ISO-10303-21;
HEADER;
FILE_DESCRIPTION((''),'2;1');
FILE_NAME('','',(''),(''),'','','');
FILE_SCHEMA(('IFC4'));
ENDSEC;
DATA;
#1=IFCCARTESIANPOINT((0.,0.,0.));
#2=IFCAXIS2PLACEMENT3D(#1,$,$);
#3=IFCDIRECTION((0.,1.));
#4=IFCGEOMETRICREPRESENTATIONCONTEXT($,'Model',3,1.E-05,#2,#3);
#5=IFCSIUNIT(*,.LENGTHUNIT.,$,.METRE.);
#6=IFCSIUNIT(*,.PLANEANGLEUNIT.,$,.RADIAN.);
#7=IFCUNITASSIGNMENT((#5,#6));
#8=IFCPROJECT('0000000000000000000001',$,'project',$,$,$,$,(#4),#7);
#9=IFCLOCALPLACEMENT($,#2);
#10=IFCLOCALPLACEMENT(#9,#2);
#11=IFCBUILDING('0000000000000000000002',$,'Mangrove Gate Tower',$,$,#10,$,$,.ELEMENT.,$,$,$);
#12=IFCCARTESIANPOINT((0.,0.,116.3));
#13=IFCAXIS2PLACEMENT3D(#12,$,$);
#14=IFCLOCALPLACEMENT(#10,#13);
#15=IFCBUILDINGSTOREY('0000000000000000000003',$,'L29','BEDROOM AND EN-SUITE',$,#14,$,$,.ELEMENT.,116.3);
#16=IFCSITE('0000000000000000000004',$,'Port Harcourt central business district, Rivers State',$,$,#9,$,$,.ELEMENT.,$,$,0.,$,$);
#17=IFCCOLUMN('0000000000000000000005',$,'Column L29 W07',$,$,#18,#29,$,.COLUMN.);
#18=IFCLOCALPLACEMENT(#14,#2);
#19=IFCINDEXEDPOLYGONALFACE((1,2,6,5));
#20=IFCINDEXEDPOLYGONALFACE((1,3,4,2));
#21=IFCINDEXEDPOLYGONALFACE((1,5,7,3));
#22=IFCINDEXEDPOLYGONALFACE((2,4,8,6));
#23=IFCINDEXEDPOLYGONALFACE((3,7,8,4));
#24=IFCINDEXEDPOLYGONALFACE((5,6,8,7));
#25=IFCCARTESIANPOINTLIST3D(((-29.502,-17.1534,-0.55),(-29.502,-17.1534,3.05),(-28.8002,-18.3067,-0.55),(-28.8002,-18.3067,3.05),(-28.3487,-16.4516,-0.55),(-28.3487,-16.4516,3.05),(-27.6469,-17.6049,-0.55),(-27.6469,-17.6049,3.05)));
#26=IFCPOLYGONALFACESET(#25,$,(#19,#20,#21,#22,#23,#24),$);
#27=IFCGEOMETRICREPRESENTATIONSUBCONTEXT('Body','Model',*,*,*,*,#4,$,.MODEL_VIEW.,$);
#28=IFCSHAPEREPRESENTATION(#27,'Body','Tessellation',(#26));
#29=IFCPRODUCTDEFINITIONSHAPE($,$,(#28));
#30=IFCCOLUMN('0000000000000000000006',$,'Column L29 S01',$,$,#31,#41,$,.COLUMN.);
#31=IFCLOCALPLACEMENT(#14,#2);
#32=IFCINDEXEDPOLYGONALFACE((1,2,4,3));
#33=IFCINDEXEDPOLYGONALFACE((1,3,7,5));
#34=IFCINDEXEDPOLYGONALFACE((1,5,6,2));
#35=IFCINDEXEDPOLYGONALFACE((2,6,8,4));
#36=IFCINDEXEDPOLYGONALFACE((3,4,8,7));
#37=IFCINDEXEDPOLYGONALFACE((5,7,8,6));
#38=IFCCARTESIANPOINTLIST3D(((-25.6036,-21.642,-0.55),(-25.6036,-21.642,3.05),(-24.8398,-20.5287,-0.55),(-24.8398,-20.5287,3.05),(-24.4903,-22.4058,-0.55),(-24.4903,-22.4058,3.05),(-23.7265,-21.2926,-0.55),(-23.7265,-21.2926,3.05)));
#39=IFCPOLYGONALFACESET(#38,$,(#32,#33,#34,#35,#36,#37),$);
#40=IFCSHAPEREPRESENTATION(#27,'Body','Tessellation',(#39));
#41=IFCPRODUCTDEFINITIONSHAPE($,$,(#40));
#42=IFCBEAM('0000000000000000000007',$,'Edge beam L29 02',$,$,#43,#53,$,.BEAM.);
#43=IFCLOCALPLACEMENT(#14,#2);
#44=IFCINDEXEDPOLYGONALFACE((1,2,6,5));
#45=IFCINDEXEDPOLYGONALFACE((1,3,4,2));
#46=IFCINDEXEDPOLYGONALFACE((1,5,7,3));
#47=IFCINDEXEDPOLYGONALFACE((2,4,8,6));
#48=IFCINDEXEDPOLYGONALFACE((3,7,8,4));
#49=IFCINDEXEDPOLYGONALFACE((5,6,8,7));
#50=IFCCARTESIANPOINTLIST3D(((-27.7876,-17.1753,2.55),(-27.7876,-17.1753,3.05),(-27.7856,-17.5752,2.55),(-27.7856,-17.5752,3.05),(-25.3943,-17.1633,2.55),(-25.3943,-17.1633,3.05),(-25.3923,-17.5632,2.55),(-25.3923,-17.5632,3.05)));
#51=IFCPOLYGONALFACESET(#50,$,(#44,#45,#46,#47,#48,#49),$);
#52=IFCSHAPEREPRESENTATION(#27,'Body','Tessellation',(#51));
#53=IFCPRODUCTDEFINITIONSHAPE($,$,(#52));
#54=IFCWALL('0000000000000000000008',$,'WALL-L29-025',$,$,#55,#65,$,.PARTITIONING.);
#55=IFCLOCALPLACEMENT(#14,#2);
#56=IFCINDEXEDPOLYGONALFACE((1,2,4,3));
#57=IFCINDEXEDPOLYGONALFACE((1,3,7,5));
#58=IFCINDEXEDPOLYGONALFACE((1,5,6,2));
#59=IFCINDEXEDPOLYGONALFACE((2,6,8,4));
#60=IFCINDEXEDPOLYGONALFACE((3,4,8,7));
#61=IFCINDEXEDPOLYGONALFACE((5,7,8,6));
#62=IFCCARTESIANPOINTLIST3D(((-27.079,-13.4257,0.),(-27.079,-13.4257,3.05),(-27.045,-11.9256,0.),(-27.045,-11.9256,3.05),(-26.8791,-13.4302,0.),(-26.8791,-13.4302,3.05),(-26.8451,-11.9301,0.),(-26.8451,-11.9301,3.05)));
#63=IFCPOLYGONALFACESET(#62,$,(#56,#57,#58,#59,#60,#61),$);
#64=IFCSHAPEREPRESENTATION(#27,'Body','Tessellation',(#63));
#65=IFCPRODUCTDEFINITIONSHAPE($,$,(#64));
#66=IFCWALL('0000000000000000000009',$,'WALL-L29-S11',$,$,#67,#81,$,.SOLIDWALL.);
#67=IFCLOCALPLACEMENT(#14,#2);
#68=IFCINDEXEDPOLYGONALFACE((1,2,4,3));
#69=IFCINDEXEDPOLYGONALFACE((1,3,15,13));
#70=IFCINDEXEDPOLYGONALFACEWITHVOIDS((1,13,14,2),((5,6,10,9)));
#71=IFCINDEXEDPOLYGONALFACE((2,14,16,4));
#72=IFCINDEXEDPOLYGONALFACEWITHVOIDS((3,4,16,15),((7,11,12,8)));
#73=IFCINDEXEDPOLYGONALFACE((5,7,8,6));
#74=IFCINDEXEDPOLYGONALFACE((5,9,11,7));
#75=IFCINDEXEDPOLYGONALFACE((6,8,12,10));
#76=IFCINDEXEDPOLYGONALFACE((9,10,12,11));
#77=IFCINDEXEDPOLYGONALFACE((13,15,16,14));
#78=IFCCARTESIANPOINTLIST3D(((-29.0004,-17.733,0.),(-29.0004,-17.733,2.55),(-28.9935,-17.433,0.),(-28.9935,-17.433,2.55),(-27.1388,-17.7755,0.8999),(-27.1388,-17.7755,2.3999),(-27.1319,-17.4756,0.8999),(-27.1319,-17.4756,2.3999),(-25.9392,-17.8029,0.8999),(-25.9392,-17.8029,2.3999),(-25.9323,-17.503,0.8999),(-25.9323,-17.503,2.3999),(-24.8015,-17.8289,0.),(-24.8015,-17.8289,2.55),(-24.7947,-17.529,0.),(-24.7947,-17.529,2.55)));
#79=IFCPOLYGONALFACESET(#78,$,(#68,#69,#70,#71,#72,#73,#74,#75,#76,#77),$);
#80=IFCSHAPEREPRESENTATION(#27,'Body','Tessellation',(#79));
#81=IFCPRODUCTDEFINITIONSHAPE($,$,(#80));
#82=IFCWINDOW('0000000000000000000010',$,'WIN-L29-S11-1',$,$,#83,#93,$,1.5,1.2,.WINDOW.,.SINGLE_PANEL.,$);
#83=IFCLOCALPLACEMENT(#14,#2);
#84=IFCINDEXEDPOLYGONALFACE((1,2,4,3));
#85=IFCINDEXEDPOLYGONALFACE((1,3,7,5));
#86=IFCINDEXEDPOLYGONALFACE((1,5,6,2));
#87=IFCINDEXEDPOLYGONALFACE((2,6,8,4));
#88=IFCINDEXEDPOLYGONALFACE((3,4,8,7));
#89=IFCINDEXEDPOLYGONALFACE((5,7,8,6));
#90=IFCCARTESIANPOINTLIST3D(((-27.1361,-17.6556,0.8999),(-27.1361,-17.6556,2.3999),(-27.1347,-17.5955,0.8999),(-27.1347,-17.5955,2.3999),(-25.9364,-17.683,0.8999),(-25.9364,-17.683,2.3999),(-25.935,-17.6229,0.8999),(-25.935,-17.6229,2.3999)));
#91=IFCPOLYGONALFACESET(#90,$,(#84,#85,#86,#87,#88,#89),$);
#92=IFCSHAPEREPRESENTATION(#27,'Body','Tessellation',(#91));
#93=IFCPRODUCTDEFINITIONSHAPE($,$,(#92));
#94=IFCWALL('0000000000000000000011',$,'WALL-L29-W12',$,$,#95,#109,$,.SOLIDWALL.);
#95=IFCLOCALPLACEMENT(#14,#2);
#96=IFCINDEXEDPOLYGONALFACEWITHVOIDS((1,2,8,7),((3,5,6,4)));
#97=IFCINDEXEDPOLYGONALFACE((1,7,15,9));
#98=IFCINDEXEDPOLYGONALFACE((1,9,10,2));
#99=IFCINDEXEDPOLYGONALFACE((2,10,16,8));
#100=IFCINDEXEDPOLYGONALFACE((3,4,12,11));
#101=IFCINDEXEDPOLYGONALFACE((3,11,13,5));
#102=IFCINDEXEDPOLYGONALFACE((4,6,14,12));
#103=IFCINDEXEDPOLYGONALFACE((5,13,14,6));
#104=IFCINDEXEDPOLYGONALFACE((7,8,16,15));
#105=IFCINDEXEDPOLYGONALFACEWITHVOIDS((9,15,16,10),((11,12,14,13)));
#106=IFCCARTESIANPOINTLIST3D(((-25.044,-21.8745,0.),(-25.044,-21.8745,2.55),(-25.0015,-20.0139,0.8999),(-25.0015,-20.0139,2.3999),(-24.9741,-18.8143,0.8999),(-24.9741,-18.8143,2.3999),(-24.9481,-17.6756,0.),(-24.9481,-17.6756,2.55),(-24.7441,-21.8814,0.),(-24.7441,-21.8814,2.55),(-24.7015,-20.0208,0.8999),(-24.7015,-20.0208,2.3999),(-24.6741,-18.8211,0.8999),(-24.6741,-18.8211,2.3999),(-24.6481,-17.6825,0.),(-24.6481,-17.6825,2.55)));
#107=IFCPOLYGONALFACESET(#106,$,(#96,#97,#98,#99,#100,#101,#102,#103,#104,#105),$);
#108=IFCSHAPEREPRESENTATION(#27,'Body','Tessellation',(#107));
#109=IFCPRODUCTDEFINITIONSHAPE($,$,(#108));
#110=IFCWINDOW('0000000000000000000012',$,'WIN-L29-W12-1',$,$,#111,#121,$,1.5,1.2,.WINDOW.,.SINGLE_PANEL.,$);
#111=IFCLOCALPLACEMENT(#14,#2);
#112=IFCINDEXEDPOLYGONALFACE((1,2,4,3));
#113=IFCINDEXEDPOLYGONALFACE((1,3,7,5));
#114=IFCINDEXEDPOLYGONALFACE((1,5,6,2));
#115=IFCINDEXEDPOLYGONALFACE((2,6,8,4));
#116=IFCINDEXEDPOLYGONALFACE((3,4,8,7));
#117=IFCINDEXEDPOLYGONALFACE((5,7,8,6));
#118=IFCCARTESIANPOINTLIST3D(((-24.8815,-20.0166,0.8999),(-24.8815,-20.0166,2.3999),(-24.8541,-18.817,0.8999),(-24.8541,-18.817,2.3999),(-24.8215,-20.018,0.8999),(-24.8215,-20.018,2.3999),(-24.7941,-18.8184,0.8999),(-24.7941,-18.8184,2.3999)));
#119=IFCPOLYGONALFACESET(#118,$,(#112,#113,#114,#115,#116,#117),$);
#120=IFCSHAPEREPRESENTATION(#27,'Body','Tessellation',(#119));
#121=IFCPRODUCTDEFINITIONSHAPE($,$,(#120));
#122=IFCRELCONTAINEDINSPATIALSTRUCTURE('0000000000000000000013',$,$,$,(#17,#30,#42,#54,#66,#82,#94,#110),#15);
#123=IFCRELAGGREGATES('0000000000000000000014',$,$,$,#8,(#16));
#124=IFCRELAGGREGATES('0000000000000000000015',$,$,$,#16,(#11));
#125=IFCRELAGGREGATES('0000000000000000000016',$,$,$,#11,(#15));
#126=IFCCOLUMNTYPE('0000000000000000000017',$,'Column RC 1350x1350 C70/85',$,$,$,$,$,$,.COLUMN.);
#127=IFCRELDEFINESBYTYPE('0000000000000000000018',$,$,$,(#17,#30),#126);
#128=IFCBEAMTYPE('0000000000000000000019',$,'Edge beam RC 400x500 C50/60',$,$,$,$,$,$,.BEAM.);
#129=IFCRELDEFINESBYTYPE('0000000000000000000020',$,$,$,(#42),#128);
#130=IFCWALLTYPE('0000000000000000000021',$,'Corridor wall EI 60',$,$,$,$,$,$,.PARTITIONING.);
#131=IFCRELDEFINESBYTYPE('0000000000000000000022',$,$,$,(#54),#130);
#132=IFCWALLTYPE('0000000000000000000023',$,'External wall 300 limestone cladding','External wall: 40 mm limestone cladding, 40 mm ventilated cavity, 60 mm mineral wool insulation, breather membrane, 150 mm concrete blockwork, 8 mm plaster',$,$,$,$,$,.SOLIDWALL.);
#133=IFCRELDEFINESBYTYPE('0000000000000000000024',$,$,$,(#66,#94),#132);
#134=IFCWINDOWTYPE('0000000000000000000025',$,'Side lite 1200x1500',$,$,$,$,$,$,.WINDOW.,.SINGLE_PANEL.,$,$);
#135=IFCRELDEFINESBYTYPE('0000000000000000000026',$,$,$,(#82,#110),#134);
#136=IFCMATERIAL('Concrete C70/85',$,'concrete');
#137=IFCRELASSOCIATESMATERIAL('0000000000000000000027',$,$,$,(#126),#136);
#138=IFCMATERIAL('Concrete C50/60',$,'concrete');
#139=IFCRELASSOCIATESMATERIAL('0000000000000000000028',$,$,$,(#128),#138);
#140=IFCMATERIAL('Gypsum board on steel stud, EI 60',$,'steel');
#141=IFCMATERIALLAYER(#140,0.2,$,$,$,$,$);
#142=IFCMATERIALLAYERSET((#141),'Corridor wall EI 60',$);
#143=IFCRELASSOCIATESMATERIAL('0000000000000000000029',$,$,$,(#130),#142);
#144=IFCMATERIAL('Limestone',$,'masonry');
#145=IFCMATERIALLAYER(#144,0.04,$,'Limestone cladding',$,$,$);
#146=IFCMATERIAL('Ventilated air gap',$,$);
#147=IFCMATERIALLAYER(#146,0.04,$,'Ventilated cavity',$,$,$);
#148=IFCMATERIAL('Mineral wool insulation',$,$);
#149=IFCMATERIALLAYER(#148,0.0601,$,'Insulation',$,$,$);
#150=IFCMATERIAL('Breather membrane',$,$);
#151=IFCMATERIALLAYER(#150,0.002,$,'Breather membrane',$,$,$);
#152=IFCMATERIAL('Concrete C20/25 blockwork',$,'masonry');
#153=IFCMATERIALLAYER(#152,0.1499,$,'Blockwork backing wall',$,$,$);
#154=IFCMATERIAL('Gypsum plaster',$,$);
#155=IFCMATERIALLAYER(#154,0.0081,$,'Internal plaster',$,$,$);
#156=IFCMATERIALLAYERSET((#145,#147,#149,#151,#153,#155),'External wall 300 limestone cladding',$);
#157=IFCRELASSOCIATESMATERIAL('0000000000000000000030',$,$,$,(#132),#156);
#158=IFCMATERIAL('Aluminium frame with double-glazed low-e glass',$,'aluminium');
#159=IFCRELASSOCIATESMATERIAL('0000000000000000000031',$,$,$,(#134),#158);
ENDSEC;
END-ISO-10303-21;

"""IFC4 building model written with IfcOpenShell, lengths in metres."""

from ifc_helpers import new_model, si_unit, direction, frame, frame_2d, origin, origin_2d, place, context, subcontext, project, spatial, rectangle, extrude, material, layer, layer_set, material_profile, profile_set, type_object, element, fill, save


model = new_model("IFC4")

# Units and contexts
model_context = context("Model", 3, precision=1e-05, world=origin(), true_north=direction((0.0, 1.0)))
body_context = subcontext(model_context, "Body", "Model", "MODEL_VIEW")
ifc_project = project(units=[si_unit("LENGTHUNIT", "METRE"), si_unit("PLANEANGLEUNIT", "RADIAN")], contexts=[model_context])

# Site, building, storey
site_placement = place(None, origin())
site = spatial("IfcSite", under=ifc_project, at=site_placement, Name="Port Harcourt central business district, Rivers State", CompositionType="ELEMENT", RefElevation=0.0)
building_placement = place(site_placement, origin())
building = spatial("IfcBuilding", under=site, at=building_placement, Name="Mangrove Gate Tower", CompositionType="ELEMENT")
storey_placement = place(building_placement, frame((0.0, 0.0, 116.3)))
storey = spatial("IfcBuildingStorey", under=building, at=storey_placement, Name="L29", Description="BEDROOM AND EN-SUITE", CompositionType="ELEMENT", Elevation=116.3)

# Columns
ifc_material_1 = material(Name="Concrete C70/85", Category="concrete")
ifc_material_profile_1 = material_profile(ifc_material_1, rectangle(XDim=1.3501, YDim=1.3501, at=origin_2d()))
ifc_profile_set_1 = profile_set([ifc_material_profile_1], Name="Concrete C70/85")
column_type = type_object("IfcColumnType", Name="Column RC 1350x1350 C70/85", PredefinedType="COLUMN", material=ifc_profile_set_1)
for number, where, z_axis, x_axis, name in (
    (1, (-28.5745, -17.3792, -0.55), (0.0, 0.0, 1.0), (0.519809, -0.854283, 0.0), "Column L29 W07"),
    (2, (-24.665, -21.4673, -0.55), (0.0, 0.0, 1.0), (0.824585, -0.565738, 0.0), "Column L29 S01"),
):
    element("IfcColumn", number, at=place(storey_placement, frame(where, z_axis=z_axis, x_axis=x_axis)), inside=storey, type_object=column_type, Name=name, PredefinedType="COLUMN", context=body_context, shape_type="SweptSolid", body=[
        extrude(rectangle(XDim=1.3501, YDim=1.3501, at=origin_2d()), origin(), (0.0, 0.0, 1.0), 3.6001),
    ])

# Beam
ifc_material_2 = material(Name="Concrete C50/60", Category="concrete")
ifc_material_profile_2 = material_profile(ifc_material_2, rectangle(XDim=0.3999, YDim=0.5, at=origin_2d()))
ifc_profile_set_2 = profile_set([ifc_material_profile_2], Name="Concrete C50/60")
beam_type = type_object("IfcBeamType", Name="Edge beam RC 400x500 C50/60", PredefinedType="BEAM", material=ifc_profile_set_2)
beam_placement = place(storey_placement, frame((-27.7866, -17.3752, 2.8), z_axis=(0.999988, 0.004998, 0.0), x_axis=(-0.004998, 0.999988, 0.0)))
element("IfcBeam", 3, at=beam_placement, inside=storey, type_object=beam_type, Name="Edge beam L29 02", PredefinedType="BEAM", context=body_context, shape_type="SweptSolid", body=[
    extrude(rectangle(XDim=0.3999, YDim=0.5, at=origin_2d()), origin(), (0.0, 0.0, 1.0), 2.3933),
])

# Wall
ifc_material_3 = material(Name="Gypsum board on steel stud, EI 60", Category="steel")
ifc_layer_1 = layer(ifc_material_3, 0.2)
ifc_layer_set_1 = layer_set([ifc_layer_1], Name="Corridor wall EI 60")
wall_type_1 = type_object("IfcWallType", Name="Corridor wall EI 60", PredefinedType="PARTITIONING", material=ifc_layer_set_1)
wall_1_placement = place(storey_placement, frame((-26.979, -13.428, 0.0), z_axis=(0.0, 0.0, 1.0), x_axis=(0.022618, 0.999744, 0.0)))
element("IfcWall", 4, at=wall_1_placement, inside=storey, type_object=wall_type_1, Name="WALL-L29-025", PredefinedType="PARTITIONING", context=body_context, shape_type="SweptSolid", body=[
    extrude(rectangle(XDim=1.5005, YDim=0.2, at=frame_2d((0.7502, 0.0))), origin(), (0.0, 0.0, 1.0), 3.05),
])

# Walls, openings, windows
ifc_material_4 = material(Name="Limestone", Category="masonry")
ifc_layer_2 = layer(ifc_material_4, 0.04, Name="Limestone cladding")
ifc_material_5 = material(Name="Ventilated air gap")
ifc_layer_3 = layer(ifc_material_5, 0.04, Name="Ventilated cavity")
ifc_material_6 = material(Name="Mineral wool insulation")
ifc_layer_4 = layer(ifc_material_6, 0.0601, Name="Insulation")
ifc_material_7 = material(Name="Breather membrane")
ifc_layer_5 = layer(ifc_material_7, 0.002, Name="Breather membrane")
ifc_material_8 = material(Name="Concrete C20/25 blockwork", Category="masonry")
ifc_layer_6 = layer(ifc_material_8, 0.1499, Name="Blockwork backing wall")
ifc_material_9 = material(Name="Gypsum plaster")
ifc_layer_7 = layer(ifc_material_9, 0.0081, Name="Internal plaster")
ifc_layer_set_2 = layer_set([ifc_layer_2, ifc_layer_3, ifc_layer_4, ifc_layer_5, ifc_layer_6, ifc_layer_7], Name="External wall 300 limestone cladding")
wall_type_2 = type_object("IfcWallType", Name="External wall 300 limestone cladding", Description="External wall: 40 mm limestone cladding, 40 mm ventilated cavity, 60 mm mineral wool insulation, breather membrane, 150 mm concrete blockwork, 8 mm plaster", PredefinedType="SOLIDWALL", material=ifc_layer_set_2)
wall_2_placement = place(storey_placement, frame((-28.9971, -17.583, 0.0), z_axis=(0.0, 0.0, 1.0), x_axis=(0.999739, -0.022844, 0.0)))
wall_2 = element("IfcWall", 5, at=wall_2_placement, inside=storey, type_object=wall_type_2, Name="WALL-L29-S11", PredefinedType="SOLIDWALL", context=body_context, shape_type="SweptSolid", body=[
    extrude(rectangle(XDim=4.2, YDim=0.3, at=frame_2d((2.1001, 0.0))), origin(), (0.0, 0.0, 1.0), 2.55),
])
opening_1_placement = place(wall_2_placement, frame((1.8621, 0.0, 0.8999)))
opening_1 = element("IfcOpeningElement", 6, at=opening_1_placement, cuts=wall_2, PredefinedType="OPENING", context=body_context, shape_type="SweptSolid", body=[
    extrude(rectangle(XDim=1.2, YDim=1.5, at=frame_2d((0.6001, 0.75))), frame((0.0, 0.1599, 0.0), z_axis=(0.0, -1.0, 0.0), x_axis=(1.0, 0.0, 0.0)), (0.0, 0.0, 1.0), 0.3201),
])
ifc_material_10 = material(Name="Aluminium frame with double-glazed low-e glass", Category="aluminium")
window_type_1 = type_object("IfcWindowType", Name="Side lite 1200x1500", PartitioningType="SINGLE_PANEL", PredefinedType="WINDOW", material=ifc_material_10)
window_1_placement = place(opening_1_placement, origin())
window_1 = element("IfcWindow", 7, at=window_1_placement, inside=storey, type_object=window_type_1, Name="WIN-L29-S11-1", OverallHeight=1.5, OverallWidth=1.2, PartitioningType="SINGLE_PANEL", PredefinedType="WINDOW", context=body_context, shape_type="SweptSolid", body=[
    extrude(rectangle(XDim=1.2, YDim=1.5, at=frame_2d((0.6001, 0.75))), frame((0.0, 0.03, 0.0), z_axis=(0.0, -1.0, 0.0), x_axis=(1.0, 0.0, 0.0)), (0.0, 0.0, 1.0), 0.0601),
])
fill(opening_1, window_1)
wall_3_placement = place(storey_placement, frame((-24.7981, -17.679, 0.0), z_axis=(0.0, 0.0, 1.0), x_axis=(-0.022844, -0.999739, 0.0)))
wall_3 = element("IfcWall", 8, at=wall_3_placement, inside=storey, type_object=wall_type_2, Name="WALL-L29-W12", PredefinedType="SOLIDWALL", context=body_context, shape_type="SweptSolid", body=[
    extrude(rectangle(XDim=4.2, YDim=0.3, at=frame_2d((2.1001, 0.0))), origin(), (0.0, 0.0, 1.0), 2.55),
])
opening_2_placement = place(wall_3_placement, frame((1.1389, 0.0, 0.8999)))
opening_2 = element("IfcOpeningElement", 9, at=opening_2_placement, cuts=wall_3, PredefinedType="OPENING", context=body_context, shape_type="SweptSolid", body=[
    extrude(rectangle(XDim=1.2, YDim=1.5, at=frame_2d((0.6001, 0.75))), frame((0.0, 0.1599, 0.0), z_axis=(0.0, -1.0, 0.0), x_axis=(1.0, 0.0, 0.0)), (0.0, 0.0, 1.0), 0.3201),
])
window_2_placement = place(opening_2_placement, origin())
window_2 = element("IfcWindow", 10, at=window_2_placement, inside=storey, type_object=window_type_1, Name="WIN-L29-W12-1", OverallHeight=1.5, OverallWidth=1.2, PartitioningType="SINGLE_PANEL", PredefinedType="WINDOW", context=body_context, shape_type="SweptSolid", body=[
    extrude(rectangle(XDim=1.2, YDim=1.5, at=frame_2d((0.6001, 0.75))), frame((0.0, 0.03, 0.0), z_axis=(0.0, -1.0, 0.0), x_axis=(1.0, 0.0, 0.0)), (0.0, 0.0, 1.0), 0.0601),
])
fill(opening_2, window_2)

save(model, "model.ifc")
